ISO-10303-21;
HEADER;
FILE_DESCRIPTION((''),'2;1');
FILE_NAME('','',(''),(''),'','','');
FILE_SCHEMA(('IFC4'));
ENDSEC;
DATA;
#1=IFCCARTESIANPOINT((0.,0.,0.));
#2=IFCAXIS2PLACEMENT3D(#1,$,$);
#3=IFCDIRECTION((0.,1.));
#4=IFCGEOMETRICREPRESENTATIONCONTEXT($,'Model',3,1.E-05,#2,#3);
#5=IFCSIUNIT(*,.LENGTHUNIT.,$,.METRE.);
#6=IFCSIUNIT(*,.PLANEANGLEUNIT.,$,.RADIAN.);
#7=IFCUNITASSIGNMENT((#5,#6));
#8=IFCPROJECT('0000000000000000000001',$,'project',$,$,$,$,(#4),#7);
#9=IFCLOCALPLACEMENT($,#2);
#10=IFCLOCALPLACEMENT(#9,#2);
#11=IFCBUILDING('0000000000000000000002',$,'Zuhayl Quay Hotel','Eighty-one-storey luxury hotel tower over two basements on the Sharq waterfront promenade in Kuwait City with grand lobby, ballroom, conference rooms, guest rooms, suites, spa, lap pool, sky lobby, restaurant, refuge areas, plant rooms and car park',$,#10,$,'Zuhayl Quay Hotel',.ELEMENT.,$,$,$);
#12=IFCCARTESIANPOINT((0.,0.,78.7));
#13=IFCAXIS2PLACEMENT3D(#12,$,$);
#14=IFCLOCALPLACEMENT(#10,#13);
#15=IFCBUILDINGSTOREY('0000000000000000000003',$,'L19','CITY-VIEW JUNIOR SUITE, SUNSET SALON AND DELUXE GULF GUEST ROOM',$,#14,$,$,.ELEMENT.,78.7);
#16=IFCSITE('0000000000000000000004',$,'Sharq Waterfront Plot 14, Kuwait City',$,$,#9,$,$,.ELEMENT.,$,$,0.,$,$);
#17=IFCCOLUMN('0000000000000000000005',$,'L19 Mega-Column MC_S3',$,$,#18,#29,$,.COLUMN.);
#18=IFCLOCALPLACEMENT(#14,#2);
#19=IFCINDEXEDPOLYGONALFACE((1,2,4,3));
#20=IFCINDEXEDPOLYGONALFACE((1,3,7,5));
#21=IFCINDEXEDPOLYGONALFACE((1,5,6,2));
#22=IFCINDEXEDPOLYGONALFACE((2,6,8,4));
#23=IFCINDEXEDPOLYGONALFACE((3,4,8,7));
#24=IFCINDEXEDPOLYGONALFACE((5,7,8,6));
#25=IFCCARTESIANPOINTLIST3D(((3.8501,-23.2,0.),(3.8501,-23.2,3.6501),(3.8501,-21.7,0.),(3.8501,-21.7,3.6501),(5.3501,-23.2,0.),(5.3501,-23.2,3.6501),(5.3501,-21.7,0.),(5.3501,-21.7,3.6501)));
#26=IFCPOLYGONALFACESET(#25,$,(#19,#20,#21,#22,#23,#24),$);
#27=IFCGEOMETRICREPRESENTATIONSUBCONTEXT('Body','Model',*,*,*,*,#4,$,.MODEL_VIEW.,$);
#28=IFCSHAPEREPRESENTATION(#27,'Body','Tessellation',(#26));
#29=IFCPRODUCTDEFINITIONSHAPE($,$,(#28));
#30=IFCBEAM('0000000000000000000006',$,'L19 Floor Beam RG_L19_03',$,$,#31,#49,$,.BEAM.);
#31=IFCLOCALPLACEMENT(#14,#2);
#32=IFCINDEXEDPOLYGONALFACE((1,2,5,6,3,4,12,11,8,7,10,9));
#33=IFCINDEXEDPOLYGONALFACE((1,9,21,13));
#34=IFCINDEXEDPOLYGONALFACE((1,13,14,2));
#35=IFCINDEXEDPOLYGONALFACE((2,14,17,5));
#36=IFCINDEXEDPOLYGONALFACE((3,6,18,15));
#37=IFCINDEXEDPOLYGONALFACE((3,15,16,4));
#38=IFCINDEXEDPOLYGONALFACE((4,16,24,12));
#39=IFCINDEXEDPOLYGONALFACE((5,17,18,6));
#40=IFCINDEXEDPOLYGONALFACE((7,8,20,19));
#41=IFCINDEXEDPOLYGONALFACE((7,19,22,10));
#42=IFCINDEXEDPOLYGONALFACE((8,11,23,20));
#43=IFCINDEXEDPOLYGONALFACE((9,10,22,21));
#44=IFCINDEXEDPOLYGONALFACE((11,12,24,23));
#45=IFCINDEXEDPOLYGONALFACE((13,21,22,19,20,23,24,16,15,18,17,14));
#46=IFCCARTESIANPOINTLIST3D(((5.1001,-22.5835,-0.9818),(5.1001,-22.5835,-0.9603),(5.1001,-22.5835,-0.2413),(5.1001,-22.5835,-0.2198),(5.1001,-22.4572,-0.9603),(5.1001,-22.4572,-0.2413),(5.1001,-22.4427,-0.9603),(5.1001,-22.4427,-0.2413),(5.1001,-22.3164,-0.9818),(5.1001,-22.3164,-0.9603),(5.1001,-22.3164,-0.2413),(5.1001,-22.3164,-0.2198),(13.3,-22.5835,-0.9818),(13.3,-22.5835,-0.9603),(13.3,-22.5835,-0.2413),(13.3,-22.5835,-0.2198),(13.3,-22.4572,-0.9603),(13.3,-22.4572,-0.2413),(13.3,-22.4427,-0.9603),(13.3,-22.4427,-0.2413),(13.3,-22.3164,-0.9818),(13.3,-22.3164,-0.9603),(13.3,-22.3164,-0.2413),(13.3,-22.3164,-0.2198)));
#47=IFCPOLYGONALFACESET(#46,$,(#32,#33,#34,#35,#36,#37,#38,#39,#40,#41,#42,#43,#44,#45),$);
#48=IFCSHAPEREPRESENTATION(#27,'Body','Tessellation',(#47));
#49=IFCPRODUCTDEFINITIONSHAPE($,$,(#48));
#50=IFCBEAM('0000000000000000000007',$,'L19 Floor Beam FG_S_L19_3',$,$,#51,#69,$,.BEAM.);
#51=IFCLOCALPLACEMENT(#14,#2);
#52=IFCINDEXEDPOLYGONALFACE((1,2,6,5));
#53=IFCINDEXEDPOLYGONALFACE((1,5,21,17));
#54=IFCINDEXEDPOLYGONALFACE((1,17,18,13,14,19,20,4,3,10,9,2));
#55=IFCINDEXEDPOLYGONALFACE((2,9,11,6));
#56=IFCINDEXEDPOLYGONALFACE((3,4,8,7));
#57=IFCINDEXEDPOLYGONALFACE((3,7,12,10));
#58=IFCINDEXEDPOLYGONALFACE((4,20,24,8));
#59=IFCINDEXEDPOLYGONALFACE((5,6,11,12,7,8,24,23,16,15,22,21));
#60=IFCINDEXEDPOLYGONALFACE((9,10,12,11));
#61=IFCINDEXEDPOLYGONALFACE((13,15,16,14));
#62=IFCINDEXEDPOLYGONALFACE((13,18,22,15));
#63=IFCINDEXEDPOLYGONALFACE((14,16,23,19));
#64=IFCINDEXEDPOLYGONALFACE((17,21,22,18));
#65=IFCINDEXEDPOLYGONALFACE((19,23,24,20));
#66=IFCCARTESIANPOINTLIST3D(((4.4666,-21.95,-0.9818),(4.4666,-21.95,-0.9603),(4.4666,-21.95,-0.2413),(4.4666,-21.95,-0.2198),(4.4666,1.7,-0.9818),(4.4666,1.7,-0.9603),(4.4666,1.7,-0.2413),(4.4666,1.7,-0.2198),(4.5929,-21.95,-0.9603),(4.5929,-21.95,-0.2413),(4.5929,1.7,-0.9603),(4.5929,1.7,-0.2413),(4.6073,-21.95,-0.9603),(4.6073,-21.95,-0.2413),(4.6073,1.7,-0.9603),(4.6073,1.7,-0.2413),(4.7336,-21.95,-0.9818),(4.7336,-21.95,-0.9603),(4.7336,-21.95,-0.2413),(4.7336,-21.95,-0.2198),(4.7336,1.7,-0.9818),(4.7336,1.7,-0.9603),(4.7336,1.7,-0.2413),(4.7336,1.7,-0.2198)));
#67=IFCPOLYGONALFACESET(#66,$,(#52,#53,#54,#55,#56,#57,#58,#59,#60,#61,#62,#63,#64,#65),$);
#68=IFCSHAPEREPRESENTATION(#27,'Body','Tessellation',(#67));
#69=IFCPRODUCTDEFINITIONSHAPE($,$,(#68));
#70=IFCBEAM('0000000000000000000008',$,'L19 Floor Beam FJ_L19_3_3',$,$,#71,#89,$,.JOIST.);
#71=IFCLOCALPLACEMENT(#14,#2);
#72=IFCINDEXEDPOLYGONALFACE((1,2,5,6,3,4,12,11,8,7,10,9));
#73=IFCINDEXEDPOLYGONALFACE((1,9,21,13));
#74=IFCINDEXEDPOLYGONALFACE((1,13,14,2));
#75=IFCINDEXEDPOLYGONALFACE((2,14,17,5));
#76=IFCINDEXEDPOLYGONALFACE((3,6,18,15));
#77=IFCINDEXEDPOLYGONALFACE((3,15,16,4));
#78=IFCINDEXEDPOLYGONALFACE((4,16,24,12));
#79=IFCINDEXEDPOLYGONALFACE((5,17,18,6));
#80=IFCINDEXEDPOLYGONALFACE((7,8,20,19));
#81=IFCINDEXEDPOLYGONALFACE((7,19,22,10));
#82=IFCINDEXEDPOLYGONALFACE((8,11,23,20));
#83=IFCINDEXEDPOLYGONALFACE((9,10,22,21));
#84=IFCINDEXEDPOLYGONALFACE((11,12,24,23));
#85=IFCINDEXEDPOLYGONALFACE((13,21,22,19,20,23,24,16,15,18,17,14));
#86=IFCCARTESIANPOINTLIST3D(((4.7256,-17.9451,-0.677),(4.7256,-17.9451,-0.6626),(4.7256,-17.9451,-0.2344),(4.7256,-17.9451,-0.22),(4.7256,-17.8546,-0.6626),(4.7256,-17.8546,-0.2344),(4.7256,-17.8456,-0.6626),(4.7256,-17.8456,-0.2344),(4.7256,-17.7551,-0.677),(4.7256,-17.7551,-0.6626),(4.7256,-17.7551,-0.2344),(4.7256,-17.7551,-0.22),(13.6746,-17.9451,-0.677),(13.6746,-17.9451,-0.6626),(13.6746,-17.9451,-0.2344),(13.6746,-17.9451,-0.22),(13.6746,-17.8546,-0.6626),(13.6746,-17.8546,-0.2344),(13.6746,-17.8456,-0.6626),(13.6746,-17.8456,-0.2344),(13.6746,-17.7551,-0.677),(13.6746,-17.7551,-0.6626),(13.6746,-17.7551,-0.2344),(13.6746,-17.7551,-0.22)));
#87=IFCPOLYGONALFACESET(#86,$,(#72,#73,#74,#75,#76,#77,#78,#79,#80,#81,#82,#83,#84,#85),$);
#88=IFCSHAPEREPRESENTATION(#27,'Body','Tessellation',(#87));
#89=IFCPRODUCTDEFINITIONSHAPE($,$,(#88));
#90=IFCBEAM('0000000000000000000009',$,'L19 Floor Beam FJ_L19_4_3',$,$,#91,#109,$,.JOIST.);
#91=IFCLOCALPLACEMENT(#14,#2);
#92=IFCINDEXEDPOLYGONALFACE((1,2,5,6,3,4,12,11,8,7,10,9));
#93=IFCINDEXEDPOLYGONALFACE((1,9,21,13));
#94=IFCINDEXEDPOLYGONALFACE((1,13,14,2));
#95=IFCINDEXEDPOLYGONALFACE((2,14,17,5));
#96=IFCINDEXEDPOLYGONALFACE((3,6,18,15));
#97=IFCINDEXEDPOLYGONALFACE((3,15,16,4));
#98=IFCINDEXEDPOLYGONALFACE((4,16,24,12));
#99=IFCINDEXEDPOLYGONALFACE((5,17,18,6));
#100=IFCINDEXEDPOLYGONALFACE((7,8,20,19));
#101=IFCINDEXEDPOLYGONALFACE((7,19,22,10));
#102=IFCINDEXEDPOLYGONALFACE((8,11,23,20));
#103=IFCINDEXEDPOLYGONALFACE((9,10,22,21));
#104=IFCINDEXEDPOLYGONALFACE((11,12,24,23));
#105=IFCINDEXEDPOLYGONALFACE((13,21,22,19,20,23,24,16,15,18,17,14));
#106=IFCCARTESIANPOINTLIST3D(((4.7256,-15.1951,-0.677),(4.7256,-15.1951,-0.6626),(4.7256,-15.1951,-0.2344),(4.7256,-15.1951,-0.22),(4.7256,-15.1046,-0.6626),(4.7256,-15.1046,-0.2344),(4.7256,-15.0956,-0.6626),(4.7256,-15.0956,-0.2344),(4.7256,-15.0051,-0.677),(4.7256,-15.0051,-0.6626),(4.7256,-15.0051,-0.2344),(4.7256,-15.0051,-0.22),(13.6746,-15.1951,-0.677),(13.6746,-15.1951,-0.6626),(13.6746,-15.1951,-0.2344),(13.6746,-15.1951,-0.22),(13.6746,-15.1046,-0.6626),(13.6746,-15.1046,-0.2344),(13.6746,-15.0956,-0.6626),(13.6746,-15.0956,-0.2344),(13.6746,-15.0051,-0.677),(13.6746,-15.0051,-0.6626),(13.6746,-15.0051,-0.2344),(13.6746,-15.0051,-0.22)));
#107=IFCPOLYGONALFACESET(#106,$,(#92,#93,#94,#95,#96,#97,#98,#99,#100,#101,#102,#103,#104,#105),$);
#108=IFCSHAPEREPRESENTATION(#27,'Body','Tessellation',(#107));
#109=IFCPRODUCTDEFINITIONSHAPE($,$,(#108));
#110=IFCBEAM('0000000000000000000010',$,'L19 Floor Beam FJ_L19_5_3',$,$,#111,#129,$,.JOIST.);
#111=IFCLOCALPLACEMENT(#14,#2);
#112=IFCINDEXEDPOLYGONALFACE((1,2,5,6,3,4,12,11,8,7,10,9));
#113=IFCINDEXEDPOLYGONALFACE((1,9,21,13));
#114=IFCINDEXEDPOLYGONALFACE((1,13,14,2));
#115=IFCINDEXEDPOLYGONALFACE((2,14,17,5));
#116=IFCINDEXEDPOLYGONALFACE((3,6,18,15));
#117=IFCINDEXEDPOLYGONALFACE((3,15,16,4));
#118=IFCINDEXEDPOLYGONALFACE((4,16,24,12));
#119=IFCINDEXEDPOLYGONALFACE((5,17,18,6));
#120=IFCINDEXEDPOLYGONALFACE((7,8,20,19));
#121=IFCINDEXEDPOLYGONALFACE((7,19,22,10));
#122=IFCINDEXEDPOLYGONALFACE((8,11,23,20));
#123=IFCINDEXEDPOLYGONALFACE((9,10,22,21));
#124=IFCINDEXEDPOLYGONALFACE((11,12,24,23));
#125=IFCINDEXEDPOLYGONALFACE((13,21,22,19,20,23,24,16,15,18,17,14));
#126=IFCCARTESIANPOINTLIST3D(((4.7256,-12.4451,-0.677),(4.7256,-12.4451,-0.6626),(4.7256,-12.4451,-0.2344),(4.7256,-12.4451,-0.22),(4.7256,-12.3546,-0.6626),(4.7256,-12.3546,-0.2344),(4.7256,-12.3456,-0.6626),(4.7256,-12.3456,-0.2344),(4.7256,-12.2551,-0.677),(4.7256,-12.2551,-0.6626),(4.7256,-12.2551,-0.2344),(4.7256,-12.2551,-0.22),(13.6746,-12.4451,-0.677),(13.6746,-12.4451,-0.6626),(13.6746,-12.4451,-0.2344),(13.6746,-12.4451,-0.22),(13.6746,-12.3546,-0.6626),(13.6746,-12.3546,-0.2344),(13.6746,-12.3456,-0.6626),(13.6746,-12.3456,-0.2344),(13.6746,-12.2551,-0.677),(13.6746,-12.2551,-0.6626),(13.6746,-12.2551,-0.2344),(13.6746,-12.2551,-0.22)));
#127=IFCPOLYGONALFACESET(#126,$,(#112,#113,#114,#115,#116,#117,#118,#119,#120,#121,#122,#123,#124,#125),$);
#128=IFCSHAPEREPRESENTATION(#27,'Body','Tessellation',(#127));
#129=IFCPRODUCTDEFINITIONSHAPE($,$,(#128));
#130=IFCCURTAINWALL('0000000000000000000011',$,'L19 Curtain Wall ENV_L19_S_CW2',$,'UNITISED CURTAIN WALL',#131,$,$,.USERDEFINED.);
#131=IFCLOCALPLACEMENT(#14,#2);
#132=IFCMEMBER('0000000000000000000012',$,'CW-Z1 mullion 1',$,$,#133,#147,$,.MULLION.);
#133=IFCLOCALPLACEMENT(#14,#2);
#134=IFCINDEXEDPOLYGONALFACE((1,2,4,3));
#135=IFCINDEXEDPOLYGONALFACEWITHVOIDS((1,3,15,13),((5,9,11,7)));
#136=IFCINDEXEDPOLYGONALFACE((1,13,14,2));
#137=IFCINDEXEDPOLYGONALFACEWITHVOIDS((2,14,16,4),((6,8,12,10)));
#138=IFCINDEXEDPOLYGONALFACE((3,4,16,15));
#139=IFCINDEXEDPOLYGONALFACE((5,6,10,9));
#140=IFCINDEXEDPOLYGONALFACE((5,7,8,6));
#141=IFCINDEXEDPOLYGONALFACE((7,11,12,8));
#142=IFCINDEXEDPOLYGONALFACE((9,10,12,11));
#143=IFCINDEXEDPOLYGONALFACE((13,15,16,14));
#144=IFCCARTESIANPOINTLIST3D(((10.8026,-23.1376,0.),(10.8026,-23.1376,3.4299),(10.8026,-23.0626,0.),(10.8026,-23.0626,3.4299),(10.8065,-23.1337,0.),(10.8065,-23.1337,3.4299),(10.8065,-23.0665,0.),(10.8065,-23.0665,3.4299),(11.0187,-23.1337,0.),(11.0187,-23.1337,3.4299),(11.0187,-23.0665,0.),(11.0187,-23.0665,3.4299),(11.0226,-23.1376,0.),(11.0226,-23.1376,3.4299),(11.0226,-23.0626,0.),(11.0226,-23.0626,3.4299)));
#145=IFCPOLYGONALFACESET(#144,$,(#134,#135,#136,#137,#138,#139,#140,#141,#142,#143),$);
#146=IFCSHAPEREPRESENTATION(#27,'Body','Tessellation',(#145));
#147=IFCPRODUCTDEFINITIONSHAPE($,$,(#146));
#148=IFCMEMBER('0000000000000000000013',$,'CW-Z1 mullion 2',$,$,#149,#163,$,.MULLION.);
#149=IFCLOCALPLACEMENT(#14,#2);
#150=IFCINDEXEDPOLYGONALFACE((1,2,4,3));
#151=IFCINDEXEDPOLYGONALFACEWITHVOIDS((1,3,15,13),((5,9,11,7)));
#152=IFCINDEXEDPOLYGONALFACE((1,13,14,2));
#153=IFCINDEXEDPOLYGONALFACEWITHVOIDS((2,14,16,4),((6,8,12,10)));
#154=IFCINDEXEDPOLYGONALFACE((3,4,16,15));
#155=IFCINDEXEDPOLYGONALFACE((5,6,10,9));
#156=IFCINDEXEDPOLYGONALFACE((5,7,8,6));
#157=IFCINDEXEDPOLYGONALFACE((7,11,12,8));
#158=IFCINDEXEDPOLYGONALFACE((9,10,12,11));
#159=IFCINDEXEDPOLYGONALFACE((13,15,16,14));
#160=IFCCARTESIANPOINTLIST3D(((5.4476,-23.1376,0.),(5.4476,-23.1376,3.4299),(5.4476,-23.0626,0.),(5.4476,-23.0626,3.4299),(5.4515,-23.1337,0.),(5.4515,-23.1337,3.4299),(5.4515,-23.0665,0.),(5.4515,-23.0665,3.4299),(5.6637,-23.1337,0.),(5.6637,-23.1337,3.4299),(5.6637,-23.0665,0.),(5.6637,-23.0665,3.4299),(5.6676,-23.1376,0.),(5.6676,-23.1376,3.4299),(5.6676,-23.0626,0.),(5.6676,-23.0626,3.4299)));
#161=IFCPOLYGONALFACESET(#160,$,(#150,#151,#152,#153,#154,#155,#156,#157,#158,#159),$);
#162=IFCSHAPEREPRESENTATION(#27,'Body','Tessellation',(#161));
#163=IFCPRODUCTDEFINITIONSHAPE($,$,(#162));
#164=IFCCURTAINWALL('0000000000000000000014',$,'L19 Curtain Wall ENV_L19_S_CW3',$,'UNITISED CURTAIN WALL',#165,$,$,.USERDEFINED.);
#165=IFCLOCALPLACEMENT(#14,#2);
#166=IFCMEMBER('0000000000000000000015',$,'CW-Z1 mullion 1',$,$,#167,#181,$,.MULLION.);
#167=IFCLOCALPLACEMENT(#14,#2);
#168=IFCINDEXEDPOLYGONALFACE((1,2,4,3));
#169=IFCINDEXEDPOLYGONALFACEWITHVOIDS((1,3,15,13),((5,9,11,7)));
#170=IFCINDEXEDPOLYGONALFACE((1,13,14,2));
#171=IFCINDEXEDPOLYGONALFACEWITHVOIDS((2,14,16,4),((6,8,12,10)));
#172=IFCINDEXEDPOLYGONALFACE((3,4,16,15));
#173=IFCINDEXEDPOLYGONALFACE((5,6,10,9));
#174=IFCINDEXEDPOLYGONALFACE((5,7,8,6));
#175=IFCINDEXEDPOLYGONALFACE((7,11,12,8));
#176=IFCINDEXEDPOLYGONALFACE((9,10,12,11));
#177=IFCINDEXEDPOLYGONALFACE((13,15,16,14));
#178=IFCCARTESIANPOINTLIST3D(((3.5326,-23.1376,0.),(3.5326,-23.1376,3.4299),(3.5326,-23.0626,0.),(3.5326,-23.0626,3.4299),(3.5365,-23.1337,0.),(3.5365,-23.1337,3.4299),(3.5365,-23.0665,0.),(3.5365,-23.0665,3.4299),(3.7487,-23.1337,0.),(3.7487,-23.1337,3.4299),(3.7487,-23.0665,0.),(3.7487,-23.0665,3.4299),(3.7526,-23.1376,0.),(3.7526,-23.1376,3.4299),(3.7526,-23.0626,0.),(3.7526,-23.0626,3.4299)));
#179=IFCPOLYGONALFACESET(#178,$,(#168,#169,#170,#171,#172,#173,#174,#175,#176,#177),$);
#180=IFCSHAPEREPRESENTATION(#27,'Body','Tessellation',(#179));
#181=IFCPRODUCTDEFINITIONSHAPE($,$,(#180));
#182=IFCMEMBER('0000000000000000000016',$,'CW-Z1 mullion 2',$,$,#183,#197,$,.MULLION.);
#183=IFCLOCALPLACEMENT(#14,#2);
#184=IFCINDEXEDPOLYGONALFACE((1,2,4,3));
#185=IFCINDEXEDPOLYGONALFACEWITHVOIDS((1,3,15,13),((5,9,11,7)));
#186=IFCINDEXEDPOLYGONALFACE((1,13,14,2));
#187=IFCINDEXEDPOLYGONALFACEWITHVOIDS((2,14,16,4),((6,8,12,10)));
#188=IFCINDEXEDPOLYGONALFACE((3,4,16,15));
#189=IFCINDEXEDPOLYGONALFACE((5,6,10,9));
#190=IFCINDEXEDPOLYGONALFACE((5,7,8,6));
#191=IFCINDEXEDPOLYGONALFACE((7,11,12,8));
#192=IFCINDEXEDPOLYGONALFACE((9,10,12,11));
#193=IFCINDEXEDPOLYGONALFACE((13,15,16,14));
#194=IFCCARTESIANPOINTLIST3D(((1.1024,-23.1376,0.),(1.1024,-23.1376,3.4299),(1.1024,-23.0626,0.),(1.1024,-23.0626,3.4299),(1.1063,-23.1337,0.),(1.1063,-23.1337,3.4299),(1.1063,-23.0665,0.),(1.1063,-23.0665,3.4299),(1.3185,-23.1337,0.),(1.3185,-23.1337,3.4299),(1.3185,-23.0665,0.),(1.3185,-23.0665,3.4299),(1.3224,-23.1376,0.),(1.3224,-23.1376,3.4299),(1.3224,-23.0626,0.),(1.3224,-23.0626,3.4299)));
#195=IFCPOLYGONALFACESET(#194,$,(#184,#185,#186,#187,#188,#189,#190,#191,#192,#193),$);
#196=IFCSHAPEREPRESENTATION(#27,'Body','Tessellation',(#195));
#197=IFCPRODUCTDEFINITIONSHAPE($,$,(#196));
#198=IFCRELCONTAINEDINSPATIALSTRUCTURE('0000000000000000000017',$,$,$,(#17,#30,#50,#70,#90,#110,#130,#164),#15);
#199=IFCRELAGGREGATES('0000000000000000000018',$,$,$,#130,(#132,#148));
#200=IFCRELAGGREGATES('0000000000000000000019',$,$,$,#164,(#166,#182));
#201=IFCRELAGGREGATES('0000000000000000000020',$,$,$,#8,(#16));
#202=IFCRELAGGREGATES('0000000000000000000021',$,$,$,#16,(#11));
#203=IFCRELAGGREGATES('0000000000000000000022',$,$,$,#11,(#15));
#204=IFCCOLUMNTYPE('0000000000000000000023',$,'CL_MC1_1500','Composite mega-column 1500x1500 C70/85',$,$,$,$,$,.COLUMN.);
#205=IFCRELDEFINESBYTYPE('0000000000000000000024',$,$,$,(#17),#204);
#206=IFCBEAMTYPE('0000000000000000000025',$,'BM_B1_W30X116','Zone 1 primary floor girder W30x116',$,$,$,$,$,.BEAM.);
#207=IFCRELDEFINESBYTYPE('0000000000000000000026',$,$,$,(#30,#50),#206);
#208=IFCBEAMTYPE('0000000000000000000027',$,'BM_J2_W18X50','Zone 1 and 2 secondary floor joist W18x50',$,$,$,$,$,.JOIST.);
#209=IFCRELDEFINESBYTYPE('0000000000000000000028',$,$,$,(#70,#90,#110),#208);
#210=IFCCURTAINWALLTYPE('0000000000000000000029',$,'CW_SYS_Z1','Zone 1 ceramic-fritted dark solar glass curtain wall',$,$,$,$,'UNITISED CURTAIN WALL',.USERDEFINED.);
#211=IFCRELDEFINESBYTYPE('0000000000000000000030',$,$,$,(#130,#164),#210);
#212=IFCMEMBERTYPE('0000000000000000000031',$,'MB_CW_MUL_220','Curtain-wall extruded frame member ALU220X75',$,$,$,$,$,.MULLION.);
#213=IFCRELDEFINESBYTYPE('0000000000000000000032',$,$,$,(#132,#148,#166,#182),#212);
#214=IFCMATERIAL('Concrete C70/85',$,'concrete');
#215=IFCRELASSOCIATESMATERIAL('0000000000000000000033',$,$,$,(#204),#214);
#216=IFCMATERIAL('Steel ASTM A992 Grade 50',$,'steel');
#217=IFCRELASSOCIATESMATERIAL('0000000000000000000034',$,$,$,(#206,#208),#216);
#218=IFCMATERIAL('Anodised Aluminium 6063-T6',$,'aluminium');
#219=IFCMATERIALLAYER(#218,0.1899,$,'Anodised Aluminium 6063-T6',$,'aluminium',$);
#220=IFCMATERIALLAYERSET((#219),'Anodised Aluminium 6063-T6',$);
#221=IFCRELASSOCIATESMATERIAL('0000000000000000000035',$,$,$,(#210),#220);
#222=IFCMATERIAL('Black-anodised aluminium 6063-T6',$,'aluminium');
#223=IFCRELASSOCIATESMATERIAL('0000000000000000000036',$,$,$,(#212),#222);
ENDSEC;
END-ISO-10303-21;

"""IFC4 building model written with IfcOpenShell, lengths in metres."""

from ifc_helpers import new_model, si_unit, direction, frame, origin, origin_2d, place, context, subcontext, project, spatial, rectangle, hollow_rectangle, i_section, extrude, material, layer, layer_set, material_profile, profile_set, type_object, element, aggregate, save


model = new_model("IFC4")

# Units and contexts
model_context = context("Model", 3, precision=1e-05, world=origin(), true_north=direction((0.0, 1.0)))
body_context = subcontext(model_context, "Body", "Model", "MODEL_VIEW")
ifc_project = project(units=[si_unit("LENGTHUNIT", "METRE"), si_unit("PLANEANGLEUNIT", "RADIAN")], contexts=[model_context])

# Site, building, storey
site_placement = place(None, origin())
site = spatial("IfcSite", under=ifc_project, at=site_placement, Name="Sharq Waterfront Plot 14, Kuwait City", CompositionType="ELEMENT", RefElevation=0.0)
building_placement = place(site_placement, origin())
building = spatial("IfcBuilding", under=site, at=building_placement, Name="Zuhayl Quay Hotel", Description="Eighty-one-storey luxury hotel tower over two basements on the Sharq waterfront promenade in Kuwait City with grand lobby, ballroom, conference rooms, guest rooms, suites, spa, lap pool, sky lobby, restaurant, refuge areas, plant rooms and car park", LongName="Zuhayl Quay Hotel", CompositionType="ELEMENT")
storey_placement = place(building_placement, frame((0.0, 0.0, 78.7)))
storey = spatial("IfcBuildingStorey", under=building, at=storey_placement, Name="L19", Description="CITY-VIEW JUNIOR SUITE, SUNSET SALON AND DELUXE GULF GUEST ROOM", CompositionType="ELEMENT", Elevation=78.7)

# Column
ifc_material_1 = material(Name="Concrete C70/85", Category="concrete")
ifc_material_profile_1 = material_profile(ifc_material_1, rectangle(XDim=1.5, YDim=1.5, at=origin_2d()), Name="RC1500X1500")
ifc_profile_set_1 = profile_set([ifc_material_profile_1], Name="Concrete C70/85")
column_type = type_object("IfcColumnType", Name="CL_MC1_1500", Description="Composite mega-column 1500x1500 C70/85", PredefinedType="COLUMN", material=ifc_profile_set_1)
column_placement = place(storey_placement, frame((4.6001, -22.45, 0.0), z_axis=(0.0, 0.0, 1.0), x_axis=(1.0, 0.0, 0.0)))
element("IfcColumn", 1, at=column_placement, inside=storey, type_object=column_type, Name="L19 Mega-Column MC_S3", PredefinedType="COLUMN", context=body_context, shape_type="SweptSolid", body=[
    extrude(rectangle(XDim=1.5, YDim=1.5, at=origin_2d()), origin(), (0.0, 0.0, 1.0), 3.6501),
])

# Beams
ifc_material_2 = material(Name="Steel ASTM A992 Grade 50", Category="steel")
ifc_material_profile_2 = material_profile(ifc_material_2, i_section(OverallWidth=0.2671, OverallDepth=0.762, WebThickness=0.0144, FlangeThickness=0.0215, at=origin_2d()), Name="W30X116")
ifc_profile_set_2 = profile_set([ifc_material_profile_2], Name="Steel ASTM A992 Grade 50")
beam_type_1 = type_object("IfcBeamType", Name="BM_B1_W30X116", Description="Zone 1 primary floor girder W30x116", PredefinedType="BEAM", material=ifc_profile_set_2)
beam_1_placement = place(storey_placement, frame((5.1001, -22.45, -0.6008), z_axis=(1.0, 0.0, 0.0), x_axis=(0.0, 1.0, 0.0)))
element("IfcBeam", 2, at=beam_1_placement, inside=storey, type_object=beam_type_1, Name="L19 Floor Beam RG_L19_03", PredefinedType="BEAM", context=body_context, shape_type="SweptSolid", body=[
    extrude(i_section(OverallWidth=0.2671, OverallDepth=0.762, WebThickness=0.0144, FlangeThickness=0.0215, at=origin_2d()), origin(), (0.0, 0.0, 1.0), 8.2),
])
beam_2_placement = place(storey_placement, frame((4.6001, -21.95, -0.6008), z_axis=(0.0, 1.0, 0.0), x_axis=(-1.0, 0.0, 0.0)))
element("IfcBeam", 3, at=beam_2_placement, inside=storey, type_object=beam_type_1, Name="L19 Floor Beam FG_S_L19_3", PredefinedType="BEAM", context=body_context, shape_type="SweptSolid", body=[
    extrude(i_section(OverallWidth=0.2671, OverallDepth=0.762, WebThickness=0.0144, FlangeThickness=0.0215, at=origin_2d()), origin(), (0.0, 0.0, 1.0), 23.6499),
])
ifc_material_profile_3 = material_profile(ifc_material_2, i_section(OverallWidth=0.1899, OverallDepth=0.457, WebThickness=0.009, FlangeThickness=0.0144, at=origin_2d()), Name="W18X50")
ifc_profile_set_3 = profile_set([ifc_material_profile_3], Name="Steel ASTM A992 Grade 50")
beam_type_2 = type_object("IfcBeamType", Name="BM_J2_W18X50", Description="Zone 1 and 2 secondary floor joist W18x50", PredefinedType="JOIST", material=ifc_profile_set_3)
for number, where, z_axis, x_axis, name in (
    (4, (4.7256, -17.8501, -0.4485), (1.0, 0.0, 0.0), (0.0, 1.0, 0.0), "L19 Floor Beam FJ_L19_3_3"),
    (5, (4.7256, -15.1001, -0.4485), (1.0, 0.0, 0.0), (0.0, 1.0, 0.0), "L19 Floor Beam FJ_L19_4_3"),
    (6, (4.7256, -12.3501, -0.4485), (1.0, 0.0, 0.0), (0.0, 1.0, 0.0), "L19 Floor Beam FJ_L19_5_3"),
):
    element("IfcBeam", number, at=place(storey_placement, frame(where, z_axis=z_axis, x_axis=x_axis)), inside=storey, type_object=beam_type_2, Name=name, PredefinedType="JOIST", context=body_context, shape_type="SweptSolid", body=[
        extrude(i_section(OverallWidth=0.1899, OverallDepth=0.457, WebThickness=0.009, FlangeThickness=0.0144, at=origin_2d()), origin(), (0.0, 0.0, 1.0), 8.949),
    ])

# Curtain walls, members
ifc_material_3 = material(Name="Anodised Aluminium 6063-T6", Category="aluminium")
ifc_layer_1 = layer(ifc_material_3, 0.1899, Name="Anodised Aluminium 6063-T6", Category="aluminium")
ifc_layer_set_1 = layer_set([ifc_layer_1], Name="Anodised Aluminium 6063-T6")
curtain_wall_type = type_object("IfcCurtainWallType", Name="CW_SYS_Z1", Description="Zone 1 ceramic-fritted dark solar glass curtain wall", ElementType="UNITISED CURTAIN WALL", PredefinedType="USERDEFINED", material=ifc_layer_set_1)
curtain_wall_1_placement = place(storey_placement, origin())
curtain_wall_1 = element("IfcCurtainWall", 7, at=curtain_wall_1_placement, inside=storey, type_object=curtain_wall_type, Name="L19 Curtain Wall ENV_L19_S_CW2", ObjectType="UNITISED CURTAIN WALL", PredefinedType="USERDEFINED")
ifc_material_4 = material(Name="Black-anodised aluminium 6063-T6", Category="aluminium")
ifc_material_profile_4 = material_profile(ifc_material_4, hollow_rectangle(XDim=0.075, YDim=0.22, WallThickness=0.0039, at=origin_2d()), Name="ALU220X75")
ifc_profile_set_4 = profile_set([ifc_material_profile_4], Name="Black-anodised aluminium 6063-T6")
member_type_1 = type_object("IfcMemberType", Name="MB_CW_MUL_220", Description="Curtain-wall extruded frame member ALU220X75", PredefinedType="MULLION", material=ifc_profile_set_4)
member_1_placement = place(storey_placement, frame((10.9126, -23.1001, 0.0), z_axis=(0.0, 0.0, 1.0), x_axis=(0.0, -1.0, 0.0)))
member_1 = element("IfcMember", 8, at=member_1_placement, type_object=member_type_1, Name="CW-Z1 mullion 1", PredefinedType="MULLION", context=body_context, shape_type="SweptSolid", body=[
    extrude(hollow_rectangle(XDim=0.075, YDim=0.22, WallThickness=0.0039, at=origin_2d()), origin(), (0.0, 0.0, 1.0), 3.4299),
])
member_2_placement = place(storey_placement, frame((5.5576, -23.1001, 0.0), z_axis=(0.0, 0.0, 1.0), x_axis=(0.0, -1.0, 0.0)))
member_2 = element("IfcMember", 9, at=member_2_placement, type_object=member_type_1, Name="CW-Z1 mullion 2", PredefinedType="MULLION", context=body_context, shape_type="SweptSolid", body=[
    extrude(hollow_rectangle(XDim=0.075, YDim=0.22, WallThickness=0.0039, at=origin_2d()), origin(), (0.0, 0.0, 1.0), 3.4299),
])
curtain_wall_2_placement = place(storey_placement, origin())
curtain_wall_2 = element("IfcCurtainWall", 10, at=curtain_wall_2_placement, inside=storey, type_object=curtain_wall_type, Name="L19 Curtain Wall ENV_L19_S_CW3", ObjectType="UNITISED CURTAIN WALL", PredefinedType="USERDEFINED")
member_3_placement = place(storey_placement, frame((3.6426, -23.1001, 0.0), z_axis=(0.0, 0.0, 1.0), x_axis=(0.0, -1.0, 0.0)))
member_3 = element("IfcMember", 11, at=member_3_placement, type_object=member_type_1, Name="CW-Z1 mullion 1", PredefinedType="MULLION", context=body_context, shape_type="SweptSolid", body=[
    extrude(hollow_rectangle(XDim=0.075, YDim=0.22, WallThickness=0.0039, at=origin_2d()), origin(), (0.0, 0.0, 1.0), 3.4299),
])
member_4_placement = place(storey_placement, frame((1.2124, -23.1001, 0.0), z_axis=(0.0, 0.0, 1.0), x_axis=(0.0, -1.0, 0.0)))
member_4 = element("IfcMember", 12, at=member_4_placement, type_object=member_type_1, Name="CW-Z1 mullion 2", PredefinedType="MULLION", context=body_context, shape_type="SweptSolid", body=[
    extrude(hollow_rectangle(XDim=0.075, YDim=0.22, WallThickness=0.0039, at=origin_2d()), origin(), (0.0, 0.0, 1.0), 3.4299),
])

aggregate(curtain_wall_1, [member_1, member_2])
aggregate(curtain_wall_2, [member_3, member_4])

save(model, "model.ifc")
